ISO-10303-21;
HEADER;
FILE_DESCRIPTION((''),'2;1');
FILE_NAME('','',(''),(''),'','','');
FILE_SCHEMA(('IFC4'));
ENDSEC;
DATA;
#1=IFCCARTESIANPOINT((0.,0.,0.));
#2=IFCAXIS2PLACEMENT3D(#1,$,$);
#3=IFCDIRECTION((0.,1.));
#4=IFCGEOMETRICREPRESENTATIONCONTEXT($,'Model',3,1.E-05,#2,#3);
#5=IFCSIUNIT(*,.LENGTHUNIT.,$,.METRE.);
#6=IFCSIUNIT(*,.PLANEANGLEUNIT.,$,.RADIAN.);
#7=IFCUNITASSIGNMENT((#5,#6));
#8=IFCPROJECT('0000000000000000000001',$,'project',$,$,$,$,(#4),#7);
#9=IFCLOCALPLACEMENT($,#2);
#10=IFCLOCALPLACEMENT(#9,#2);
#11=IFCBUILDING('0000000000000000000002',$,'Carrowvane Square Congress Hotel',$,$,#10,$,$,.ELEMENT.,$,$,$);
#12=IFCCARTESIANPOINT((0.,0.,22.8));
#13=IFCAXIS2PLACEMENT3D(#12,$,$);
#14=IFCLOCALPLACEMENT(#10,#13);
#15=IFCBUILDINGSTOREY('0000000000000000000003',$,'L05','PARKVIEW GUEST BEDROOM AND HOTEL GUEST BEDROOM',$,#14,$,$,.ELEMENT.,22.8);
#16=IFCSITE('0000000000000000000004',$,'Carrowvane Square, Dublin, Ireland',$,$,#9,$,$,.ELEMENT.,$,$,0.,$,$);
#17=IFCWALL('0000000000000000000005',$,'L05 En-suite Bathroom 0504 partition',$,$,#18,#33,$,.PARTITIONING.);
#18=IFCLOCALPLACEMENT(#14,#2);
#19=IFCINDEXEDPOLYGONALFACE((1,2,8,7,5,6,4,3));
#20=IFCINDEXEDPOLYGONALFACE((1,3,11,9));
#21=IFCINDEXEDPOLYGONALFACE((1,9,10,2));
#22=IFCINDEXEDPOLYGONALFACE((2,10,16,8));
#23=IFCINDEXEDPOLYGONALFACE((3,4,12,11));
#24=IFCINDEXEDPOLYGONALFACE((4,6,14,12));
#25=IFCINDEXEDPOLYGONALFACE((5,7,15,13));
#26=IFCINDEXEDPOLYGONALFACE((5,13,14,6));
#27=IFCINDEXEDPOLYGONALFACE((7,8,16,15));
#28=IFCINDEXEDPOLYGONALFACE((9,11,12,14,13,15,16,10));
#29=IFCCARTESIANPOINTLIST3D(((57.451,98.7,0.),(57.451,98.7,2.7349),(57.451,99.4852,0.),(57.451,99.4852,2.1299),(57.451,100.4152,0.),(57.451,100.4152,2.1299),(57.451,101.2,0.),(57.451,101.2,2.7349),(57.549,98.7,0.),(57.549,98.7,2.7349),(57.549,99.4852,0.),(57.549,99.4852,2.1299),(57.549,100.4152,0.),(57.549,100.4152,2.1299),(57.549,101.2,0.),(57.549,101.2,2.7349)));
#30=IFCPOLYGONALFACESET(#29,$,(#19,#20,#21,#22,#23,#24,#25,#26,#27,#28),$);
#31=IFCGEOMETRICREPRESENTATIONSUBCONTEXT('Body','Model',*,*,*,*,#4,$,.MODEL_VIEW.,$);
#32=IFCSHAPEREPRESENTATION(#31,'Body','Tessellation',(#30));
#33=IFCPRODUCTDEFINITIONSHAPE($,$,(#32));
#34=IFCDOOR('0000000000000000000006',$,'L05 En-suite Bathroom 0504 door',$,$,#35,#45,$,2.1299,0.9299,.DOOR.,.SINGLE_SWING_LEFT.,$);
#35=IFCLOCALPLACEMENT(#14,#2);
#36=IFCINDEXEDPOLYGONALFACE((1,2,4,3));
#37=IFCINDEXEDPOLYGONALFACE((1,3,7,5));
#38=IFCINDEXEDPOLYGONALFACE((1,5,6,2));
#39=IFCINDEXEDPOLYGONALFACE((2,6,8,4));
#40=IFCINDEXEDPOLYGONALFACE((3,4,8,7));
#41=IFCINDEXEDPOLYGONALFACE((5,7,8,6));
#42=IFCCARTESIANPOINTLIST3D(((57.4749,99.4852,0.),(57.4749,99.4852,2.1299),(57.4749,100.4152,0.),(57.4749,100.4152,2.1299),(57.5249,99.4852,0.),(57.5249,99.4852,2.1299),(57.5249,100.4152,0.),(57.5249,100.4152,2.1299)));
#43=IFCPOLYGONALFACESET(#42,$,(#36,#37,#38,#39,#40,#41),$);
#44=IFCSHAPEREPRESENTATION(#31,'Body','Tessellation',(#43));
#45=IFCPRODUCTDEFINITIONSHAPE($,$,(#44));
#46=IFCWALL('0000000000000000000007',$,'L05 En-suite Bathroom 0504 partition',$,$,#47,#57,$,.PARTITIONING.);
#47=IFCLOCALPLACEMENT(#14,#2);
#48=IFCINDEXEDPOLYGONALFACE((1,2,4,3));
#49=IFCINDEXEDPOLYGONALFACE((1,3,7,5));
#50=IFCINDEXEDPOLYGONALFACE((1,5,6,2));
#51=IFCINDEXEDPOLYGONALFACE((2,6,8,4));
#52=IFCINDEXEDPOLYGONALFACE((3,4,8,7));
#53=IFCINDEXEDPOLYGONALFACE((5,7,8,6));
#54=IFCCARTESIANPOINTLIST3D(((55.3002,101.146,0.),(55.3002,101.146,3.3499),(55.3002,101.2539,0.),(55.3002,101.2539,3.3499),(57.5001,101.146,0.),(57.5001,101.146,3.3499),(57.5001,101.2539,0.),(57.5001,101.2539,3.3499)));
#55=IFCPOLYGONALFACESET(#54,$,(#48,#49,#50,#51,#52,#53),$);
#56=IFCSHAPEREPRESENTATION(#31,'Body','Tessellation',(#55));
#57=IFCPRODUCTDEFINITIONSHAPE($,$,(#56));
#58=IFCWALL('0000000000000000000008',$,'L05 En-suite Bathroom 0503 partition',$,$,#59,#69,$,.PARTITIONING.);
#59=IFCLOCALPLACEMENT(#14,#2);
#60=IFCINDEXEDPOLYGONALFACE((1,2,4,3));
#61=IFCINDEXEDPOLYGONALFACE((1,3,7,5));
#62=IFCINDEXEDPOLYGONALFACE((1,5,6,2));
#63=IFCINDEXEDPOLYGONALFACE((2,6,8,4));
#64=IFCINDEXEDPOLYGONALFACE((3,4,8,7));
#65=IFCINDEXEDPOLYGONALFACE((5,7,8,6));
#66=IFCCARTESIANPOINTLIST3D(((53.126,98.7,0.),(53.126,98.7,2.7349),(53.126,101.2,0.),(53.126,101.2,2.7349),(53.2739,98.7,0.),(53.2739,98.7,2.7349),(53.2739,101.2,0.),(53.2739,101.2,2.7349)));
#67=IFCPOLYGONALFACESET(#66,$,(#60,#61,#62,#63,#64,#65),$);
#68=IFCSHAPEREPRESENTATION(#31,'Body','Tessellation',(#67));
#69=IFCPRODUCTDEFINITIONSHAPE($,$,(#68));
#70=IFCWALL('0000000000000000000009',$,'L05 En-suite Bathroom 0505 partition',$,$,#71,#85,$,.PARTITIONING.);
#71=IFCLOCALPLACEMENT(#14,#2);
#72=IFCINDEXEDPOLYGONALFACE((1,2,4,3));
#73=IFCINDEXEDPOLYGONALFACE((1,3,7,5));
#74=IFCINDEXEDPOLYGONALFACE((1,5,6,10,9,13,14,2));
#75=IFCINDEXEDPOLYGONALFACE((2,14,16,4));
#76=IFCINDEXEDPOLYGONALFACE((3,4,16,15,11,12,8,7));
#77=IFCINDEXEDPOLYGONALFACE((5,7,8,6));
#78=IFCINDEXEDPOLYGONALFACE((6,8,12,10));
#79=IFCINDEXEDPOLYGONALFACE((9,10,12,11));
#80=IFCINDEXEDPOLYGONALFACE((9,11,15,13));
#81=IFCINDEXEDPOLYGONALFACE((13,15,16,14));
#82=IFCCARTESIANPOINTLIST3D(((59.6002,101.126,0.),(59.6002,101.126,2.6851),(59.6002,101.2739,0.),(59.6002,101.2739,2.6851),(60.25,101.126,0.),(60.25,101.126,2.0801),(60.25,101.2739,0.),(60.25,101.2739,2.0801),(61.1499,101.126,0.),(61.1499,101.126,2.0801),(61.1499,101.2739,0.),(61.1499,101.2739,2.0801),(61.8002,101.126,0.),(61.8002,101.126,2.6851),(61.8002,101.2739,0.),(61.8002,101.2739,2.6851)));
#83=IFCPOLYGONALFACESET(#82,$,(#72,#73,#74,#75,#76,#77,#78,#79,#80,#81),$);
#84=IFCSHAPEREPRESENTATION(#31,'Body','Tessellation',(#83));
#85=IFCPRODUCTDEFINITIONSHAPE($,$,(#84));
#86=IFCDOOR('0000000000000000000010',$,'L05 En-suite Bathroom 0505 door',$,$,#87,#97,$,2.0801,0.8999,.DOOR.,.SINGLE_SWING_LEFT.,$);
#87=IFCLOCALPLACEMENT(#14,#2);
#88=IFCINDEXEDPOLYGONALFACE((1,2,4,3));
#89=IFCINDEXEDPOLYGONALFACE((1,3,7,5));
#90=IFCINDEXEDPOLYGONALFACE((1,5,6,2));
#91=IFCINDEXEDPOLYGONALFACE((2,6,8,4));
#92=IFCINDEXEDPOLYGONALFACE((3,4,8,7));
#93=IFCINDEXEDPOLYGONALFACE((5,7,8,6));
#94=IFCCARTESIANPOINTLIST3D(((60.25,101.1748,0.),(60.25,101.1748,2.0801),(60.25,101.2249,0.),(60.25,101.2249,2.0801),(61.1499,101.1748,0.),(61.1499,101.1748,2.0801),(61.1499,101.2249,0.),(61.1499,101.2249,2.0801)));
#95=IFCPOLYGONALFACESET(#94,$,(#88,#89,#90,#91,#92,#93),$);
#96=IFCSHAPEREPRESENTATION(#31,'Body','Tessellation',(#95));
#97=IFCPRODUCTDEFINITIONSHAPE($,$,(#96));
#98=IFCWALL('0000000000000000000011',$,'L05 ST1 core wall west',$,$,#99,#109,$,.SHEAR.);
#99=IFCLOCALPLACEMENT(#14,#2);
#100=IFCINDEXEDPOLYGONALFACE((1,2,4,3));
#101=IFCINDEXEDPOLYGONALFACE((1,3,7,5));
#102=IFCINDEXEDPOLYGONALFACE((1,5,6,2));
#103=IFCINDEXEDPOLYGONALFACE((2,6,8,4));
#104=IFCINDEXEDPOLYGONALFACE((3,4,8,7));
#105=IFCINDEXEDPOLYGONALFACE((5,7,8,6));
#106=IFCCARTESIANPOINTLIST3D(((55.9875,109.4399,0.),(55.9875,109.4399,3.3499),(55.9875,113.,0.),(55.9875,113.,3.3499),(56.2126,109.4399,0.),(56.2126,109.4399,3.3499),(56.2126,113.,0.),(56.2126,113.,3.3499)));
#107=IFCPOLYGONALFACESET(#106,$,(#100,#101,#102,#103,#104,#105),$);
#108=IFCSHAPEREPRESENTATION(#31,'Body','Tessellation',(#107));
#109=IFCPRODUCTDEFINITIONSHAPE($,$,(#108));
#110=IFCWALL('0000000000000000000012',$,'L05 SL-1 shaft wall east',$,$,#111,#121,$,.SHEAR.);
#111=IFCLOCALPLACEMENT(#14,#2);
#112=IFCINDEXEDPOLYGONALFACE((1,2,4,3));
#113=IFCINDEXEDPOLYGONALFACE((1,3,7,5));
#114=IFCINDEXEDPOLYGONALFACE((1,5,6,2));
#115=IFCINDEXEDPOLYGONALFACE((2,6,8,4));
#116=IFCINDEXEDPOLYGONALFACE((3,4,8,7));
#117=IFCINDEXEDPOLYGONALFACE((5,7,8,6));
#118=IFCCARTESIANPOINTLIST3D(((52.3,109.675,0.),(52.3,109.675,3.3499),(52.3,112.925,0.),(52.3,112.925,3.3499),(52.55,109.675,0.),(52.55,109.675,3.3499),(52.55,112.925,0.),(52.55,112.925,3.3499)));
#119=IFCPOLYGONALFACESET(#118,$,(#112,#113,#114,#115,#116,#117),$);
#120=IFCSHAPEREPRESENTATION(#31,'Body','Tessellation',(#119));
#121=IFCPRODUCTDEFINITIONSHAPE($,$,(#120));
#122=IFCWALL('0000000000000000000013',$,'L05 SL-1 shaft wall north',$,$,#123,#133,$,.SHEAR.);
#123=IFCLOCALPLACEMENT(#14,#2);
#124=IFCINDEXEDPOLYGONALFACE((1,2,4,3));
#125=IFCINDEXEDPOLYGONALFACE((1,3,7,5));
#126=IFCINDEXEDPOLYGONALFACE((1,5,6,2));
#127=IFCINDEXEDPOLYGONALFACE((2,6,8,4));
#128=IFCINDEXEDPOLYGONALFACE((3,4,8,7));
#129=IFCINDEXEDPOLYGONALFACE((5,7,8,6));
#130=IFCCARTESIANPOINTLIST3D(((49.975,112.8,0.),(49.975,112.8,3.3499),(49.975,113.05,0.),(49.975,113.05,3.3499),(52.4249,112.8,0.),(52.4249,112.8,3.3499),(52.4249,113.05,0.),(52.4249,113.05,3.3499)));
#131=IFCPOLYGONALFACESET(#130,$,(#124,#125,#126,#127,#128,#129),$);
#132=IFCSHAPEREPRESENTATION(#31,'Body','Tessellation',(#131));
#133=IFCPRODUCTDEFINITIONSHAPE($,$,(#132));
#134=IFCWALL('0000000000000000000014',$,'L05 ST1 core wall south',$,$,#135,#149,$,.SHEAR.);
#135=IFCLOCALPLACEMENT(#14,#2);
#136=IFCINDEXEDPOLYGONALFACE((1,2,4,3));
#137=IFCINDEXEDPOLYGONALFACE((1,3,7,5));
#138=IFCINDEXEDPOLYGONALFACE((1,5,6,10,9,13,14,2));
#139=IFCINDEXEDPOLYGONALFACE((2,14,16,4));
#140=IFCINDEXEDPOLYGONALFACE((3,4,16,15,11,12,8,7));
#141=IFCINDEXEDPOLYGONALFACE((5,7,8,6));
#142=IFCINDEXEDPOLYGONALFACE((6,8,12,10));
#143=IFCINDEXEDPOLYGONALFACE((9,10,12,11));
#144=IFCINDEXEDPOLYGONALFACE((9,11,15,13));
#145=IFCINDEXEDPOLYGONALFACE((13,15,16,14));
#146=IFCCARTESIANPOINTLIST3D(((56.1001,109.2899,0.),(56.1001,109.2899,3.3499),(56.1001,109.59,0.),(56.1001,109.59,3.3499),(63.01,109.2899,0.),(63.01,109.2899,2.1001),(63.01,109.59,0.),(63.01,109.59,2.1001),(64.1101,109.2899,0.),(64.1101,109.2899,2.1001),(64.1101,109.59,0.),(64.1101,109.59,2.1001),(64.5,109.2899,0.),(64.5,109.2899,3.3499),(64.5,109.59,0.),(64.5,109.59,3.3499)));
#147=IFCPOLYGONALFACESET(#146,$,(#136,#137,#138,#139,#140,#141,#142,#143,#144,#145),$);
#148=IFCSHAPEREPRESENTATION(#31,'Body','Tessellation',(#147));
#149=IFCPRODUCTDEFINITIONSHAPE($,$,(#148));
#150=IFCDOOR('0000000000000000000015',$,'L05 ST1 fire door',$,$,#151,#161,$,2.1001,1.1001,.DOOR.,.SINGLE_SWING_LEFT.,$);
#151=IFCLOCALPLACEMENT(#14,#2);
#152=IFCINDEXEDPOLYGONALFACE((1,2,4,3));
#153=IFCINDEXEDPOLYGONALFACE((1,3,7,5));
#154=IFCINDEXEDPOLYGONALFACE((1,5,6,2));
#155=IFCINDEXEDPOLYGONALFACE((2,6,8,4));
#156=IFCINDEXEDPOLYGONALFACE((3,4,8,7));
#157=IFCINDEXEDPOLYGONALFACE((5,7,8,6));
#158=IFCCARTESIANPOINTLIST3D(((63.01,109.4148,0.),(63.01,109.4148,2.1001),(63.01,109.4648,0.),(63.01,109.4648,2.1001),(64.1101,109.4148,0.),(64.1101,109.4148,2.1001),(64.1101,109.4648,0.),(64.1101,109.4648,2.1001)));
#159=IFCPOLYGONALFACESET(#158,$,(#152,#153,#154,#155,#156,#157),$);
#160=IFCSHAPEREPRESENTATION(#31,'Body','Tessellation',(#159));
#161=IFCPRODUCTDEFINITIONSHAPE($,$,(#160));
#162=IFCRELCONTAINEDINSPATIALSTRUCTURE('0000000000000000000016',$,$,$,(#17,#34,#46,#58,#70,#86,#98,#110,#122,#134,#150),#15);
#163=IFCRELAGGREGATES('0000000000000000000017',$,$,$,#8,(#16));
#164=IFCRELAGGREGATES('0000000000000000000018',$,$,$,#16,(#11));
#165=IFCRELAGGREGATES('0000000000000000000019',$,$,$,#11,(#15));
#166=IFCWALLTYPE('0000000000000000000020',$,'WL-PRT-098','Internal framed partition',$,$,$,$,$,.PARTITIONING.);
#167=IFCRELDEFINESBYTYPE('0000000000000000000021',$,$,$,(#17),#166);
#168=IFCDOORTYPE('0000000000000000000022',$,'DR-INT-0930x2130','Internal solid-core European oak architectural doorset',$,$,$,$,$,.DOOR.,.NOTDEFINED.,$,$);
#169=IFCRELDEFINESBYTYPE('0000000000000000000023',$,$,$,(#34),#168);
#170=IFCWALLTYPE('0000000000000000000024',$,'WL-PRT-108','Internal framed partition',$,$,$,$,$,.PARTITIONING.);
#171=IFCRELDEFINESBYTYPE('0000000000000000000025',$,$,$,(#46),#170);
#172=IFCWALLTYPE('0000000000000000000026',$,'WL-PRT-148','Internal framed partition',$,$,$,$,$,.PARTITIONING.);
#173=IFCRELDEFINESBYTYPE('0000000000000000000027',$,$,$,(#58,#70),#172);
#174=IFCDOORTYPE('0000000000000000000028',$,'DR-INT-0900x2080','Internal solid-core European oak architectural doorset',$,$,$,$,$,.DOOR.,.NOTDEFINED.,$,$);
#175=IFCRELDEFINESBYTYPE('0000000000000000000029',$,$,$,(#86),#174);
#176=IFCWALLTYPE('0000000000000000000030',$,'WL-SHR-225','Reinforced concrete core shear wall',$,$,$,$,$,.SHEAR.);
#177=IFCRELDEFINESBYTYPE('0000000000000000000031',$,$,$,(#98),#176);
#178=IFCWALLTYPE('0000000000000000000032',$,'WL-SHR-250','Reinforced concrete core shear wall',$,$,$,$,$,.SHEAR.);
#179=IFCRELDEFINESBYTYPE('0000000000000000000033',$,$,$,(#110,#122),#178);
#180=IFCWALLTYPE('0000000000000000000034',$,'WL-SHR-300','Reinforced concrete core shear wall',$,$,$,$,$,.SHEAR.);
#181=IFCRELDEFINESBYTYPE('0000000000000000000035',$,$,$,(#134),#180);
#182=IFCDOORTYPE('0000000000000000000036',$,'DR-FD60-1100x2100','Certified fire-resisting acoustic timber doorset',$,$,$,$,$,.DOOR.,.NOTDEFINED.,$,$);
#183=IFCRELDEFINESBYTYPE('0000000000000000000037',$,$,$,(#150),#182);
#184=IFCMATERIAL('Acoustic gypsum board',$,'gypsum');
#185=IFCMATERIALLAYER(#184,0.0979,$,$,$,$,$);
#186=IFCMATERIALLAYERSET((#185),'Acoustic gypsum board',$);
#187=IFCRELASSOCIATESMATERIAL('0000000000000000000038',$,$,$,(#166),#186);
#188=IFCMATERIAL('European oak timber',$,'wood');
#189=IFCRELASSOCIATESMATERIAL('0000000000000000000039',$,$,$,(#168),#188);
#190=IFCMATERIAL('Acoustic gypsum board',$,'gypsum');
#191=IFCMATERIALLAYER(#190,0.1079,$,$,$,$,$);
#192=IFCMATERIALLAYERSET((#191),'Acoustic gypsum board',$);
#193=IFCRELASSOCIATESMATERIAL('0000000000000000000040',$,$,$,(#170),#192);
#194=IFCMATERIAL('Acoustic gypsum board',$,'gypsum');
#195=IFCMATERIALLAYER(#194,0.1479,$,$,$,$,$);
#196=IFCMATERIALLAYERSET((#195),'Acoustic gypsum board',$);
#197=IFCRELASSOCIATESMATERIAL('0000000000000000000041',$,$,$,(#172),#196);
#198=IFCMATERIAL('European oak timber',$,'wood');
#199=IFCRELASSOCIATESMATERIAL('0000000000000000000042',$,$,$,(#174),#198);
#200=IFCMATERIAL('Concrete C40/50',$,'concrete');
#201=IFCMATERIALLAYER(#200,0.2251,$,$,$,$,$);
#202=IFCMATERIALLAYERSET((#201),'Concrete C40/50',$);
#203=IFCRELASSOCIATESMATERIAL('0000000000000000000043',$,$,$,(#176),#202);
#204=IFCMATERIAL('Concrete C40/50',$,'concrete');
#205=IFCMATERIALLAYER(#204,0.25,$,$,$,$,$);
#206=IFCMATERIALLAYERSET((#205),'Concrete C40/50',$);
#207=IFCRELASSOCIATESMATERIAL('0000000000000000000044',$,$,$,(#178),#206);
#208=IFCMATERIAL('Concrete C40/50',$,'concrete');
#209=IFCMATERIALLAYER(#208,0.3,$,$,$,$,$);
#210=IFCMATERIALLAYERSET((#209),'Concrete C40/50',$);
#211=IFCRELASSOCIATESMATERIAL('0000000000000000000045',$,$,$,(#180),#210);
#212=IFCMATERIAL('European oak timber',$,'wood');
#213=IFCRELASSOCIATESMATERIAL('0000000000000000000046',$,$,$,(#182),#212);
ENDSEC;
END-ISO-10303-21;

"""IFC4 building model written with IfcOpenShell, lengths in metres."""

from ifc_helpers import new_model, si_unit, direction, frame, frame_2d, origin, place, context, subcontext, project, spatial, rectangle, extrude, material, layer, layer_set, type_object, element, fill, save


model = new_model("IFC4")

# Units and contexts
model_context = context("Model", 3, precision=1e-05, world=origin(), true_north=direction((0.0, 1.0)))
body_context = subcontext(model_context, "Body", "Model", "MODEL_VIEW")
ifc_project = project(units=[si_unit("LENGTHUNIT", "METRE"), si_unit("PLANEANGLEUNIT", "RADIAN")], contexts=[model_context])

# Site, building, storey
site_placement = place(None, origin())
site = spatial("IfcSite", under=ifc_project, at=site_placement, Name="Carrowvane Square, Dublin, Ireland", CompositionType="ELEMENT", RefElevation=0.0)
building_placement = place(site_placement, origin())
building = spatial("IfcBuilding", under=site, at=building_placement, Name="Carrowvane Square Congress Hotel", CompositionType="ELEMENT")
storey_placement = place(building_placement, frame((0.0, 0.0, 22.8)))
storey = spatial("IfcBuildingStorey", under=building, at=storey_placement, Name="L05", Description="PARKVIEW GUEST BEDROOM AND HOTEL GUEST BEDROOM", CompositionType="ELEMENT", Elevation=22.8)

# Wall, opening, door
ifc_material_1 = material(Name="Acoustic gypsum board", Category="gypsum")
ifc_layer_1 = layer(ifc_material_1, 0.0979)
ifc_layer_set_1 = layer_set([ifc_layer_1], Name="Acoustic gypsum board")
wall_type_1 = type_object("IfcWallType", Name="WL-PRT-098", Description="Internal framed partition", PredefinedType="PARTITIONING", material=ifc_layer_set_1)
wall_1_placement = place(storey_placement, frame((57.5, 101.2, 0.0), z_axis=(0.0, 0.0, 1.0), x_axis=(0.0, -1.0, 0.0)))
wall_1 = element("IfcWall", 1, at=wall_1_placement, inside=storey, type_object=wall_type_1, Name="L05 En-suite Bathroom 0504 partition", PredefinedType="PARTITIONING", context=body_context, shape_type="SweptSolid", body=[
    extrude(rectangle(XDim=2.5, YDim=0.0979, at=frame_2d((1.25, 0.0))), origin(), (0.0, 0.0, 1.0), 2.7349),
])
opening_1_placement = place(wall_1_placement, frame((0.7849, 0.0, 0.0)))
opening_1 = element("IfcOpeningElement", 2, at=opening_1_placement, cuts=wall_1, PredefinedType="OPENING", context=body_context, shape_type="SweptSolid", body=[
    extrude(rectangle(XDim=0.9299, YDim=2.1299, at=frame_2d((0.4648, 1.0649))), frame((0.0, 0.0588, 0.0), z_axis=(0.0, -1.0, 0.0), x_axis=(1.0, 0.0, 0.0)), (0.0, 0.0, 1.0), 0.1179),
])
ifc_material_2 = material(Name="European oak timber", Category="wood")
door_type_1 = type_object("IfcDoorType", Name="DR-INT-0930x2130", Description="Internal solid-core European oak architectural doorset", OperationType="NOTDEFINED", PredefinedType="DOOR", material=ifc_material_2)
door_1_placement = place(opening_1_placement, origin())
door_1 = element("IfcDoor", 3, at=door_1_placement, inside=storey, type_object=door_type_1, Name="L05 En-suite Bathroom 0504 door", OperationType="SINGLE_SWING_LEFT", OverallHeight=2.1299, OverallWidth=0.9299, PredefinedType="DOOR", context=body_context, shape_type="SweptSolid", body=[
    extrude(rectangle(XDim=0.9299, YDim=2.1299, at=frame_2d((0.4648, 1.0649))), frame((0.0, 0.0249, 0.0), z_axis=(0.0, -1.0, 0.0), x_axis=(1.0, 0.0, 0.0)), (0.0, 0.0, 1.0), 0.05),
])
fill(opening_1, door_1)

# Walls
ifc_material_3 = material(Name="Acoustic gypsum board", Category="gypsum")
ifc_layer_2 = layer(ifc_material_3, 0.1079)
ifc_layer_set_2 = layer_set([ifc_layer_2], Name="Acoustic gypsum board")
wall_type_2 = type_object("IfcWallType", Name="WL-PRT-108", Description="Internal framed partition", PredefinedType="PARTITIONING", material=ifc_layer_set_2)
wall_2_placement = place(storey_placement, frame((55.3, 101.2, 0.0), z_axis=(0.0, 0.0, 1.0), x_axis=(1.0, 0.0, 0.0)))
element("IfcWall", 4, at=wall_2_placement, inside=storey, type_object=wall_type_2, Name="L05 En-suite Bathroom 0504 partition", PredefinedType="PARTITIONING", context=body_context, shape_type="SweptSolid", body=[
    extrude(rectangle(XDim=2.2, YDim=0.1079, at=frame_2d((1.1001, 0.0))), origin(), (0.0, 0.0, 1.0), 3.3499),
])
ifc_material_4 = material(Name="Acoustic gypsum board", Category="gypsum")
ifc_layer_3 = layer(ifc_material_4, 0.1479)
ifc_layer_set_3 = layer_set([ifc_layer_3], Name="Acoustic gypsum board")
wall_type_3 = type_object("IfcWallType", Name="WL-PRT-148", Description="Internal framed partition", PredefinedType="PARTITIONING", material=ifc_layer_set_3)
wall_3_placement = place(storey_placement, frame((53.2, 101.2, 0.0), z_axis=(0.0, 0.0, 1.0), x_axis=(0.0, -1.0, 0.0)))
element("IfcWall", 5, at=wall_3_placement, inside=storey, type_object=wall_type_3, Name="L05 En-suite Bathroom 0503 partition", PredefinedType="PARTITIONING", context=body_context, shape_type="SweptSolid", body=[
    extrude(rectangle(XDim=2.5, YDim=0.1479, at=frame_2d((1.25, 0.0))), origin(), (0.0, 0.0, 1.0), 2.7349),
])

# Wall, opening, door
wall_4_placement = place(storey_placement, frame((59.6001, 101.2, 0.0), z_axis=(0.0, 0.0, 1.0), x_axis=(1.0, 0.0, 0.0)))
wall_4 = element("IfcWall", 6, at=wall_4_placement, inside=storey, type_object=wall_type_3, Name="L05 En-suite Bathroom 0505 partition", PredefinedType="PARTITIONING", context=body_context, shape_type="SweptSolid", body=[
    extrude(rectangle(XDim=2.2, YDim=0.1479, at=frame_2d((1.1001, 0.0))), origin(), (0.0, 0.0, 1.0), 2.6851),
])
opening_2_placement = place(wall_4_placement, frame((0.6499, 0.0, 0.0)))
opening_2 = element("IfcOpeningElement", 7, at=opening_2_placement, cuts=wall_4, PredefinedType="OPENING", context=body_context, shape_type="SweptSolid", body=[
    extrude(rectangle(XDim=0.8999, YDim=2.0801, at=frame_2d((0.45, 1.04))), frame((0.0, 0.084, 0.0), z_axis=(0.0, -1.0, 0.0), x_axis=(1.0, 0.0, 0.0)), (0.0, 0.0, 1.0), 0.168),
])
ifc_material_5 = material(Name="European oak timber", Category="wood")
door_type_2 = type_object("IfcDoorType", Name="DR-INT-0900x2080", Description="Internal solid-core European oak architectural doorset", OperationType="NOTDEFINED", PredefinedType="DOOR", material=ifc_material_5)
door_2_placement = place(opening_2_placement, origin())
door_2 = element("IfcDoor", 8, at=door_2_placement, inside=storey, type_object=door_type_2, Name="L05 En-suite Bathroom 0505 door", OperationType="SINGLE_SWING_LEFT", OverallHeight=2.0801, OverallWidth=0.8999, PredefinedType="DOOR", context=body_context, shape_type="SweptSolid", body=[
    extrude(rectangle(XDim=0.8999, YDim=2.0801, at=frame_2d((0.45, 1.04))), frame((0.0, 0.0249, 0.0), z_axis=(0.0, -1.0, 0.0), x_axis=(1.0, 0.0, 0.0)), (0.0, 0.0, 1.0), 0.05),
])
fill(opening_2, door_2)

# Walls
ifc_material_6 = material(Name="Concrete C40/50", Category="concrete")
ifc_layer_4 = layer(ifc_material_6, 0.2251)
ifc_layer_set_4 = layer_set([ifc_layer_4], Name="Concrete C40/50")
wall_type_4 = type_object("IfcWallType", Name="WL-SHR-225", Description="Reinforced concrete core shear wall", PredefinedType="SHEAR", material=ifc_layer_set_4)
wall_5_placement = place(storey_placement, frame((56.1001, 113.0, 0.0), z_axis=(0.0, 0.0, 1.0), x_axis=(0.0, -1.0, 0.0)))
element("IfcWall", 9, at=wall_5_placement, inside=storey, type_object=wall_type_4, Name="L05 ST1 core wall west", PredefinedType="SHEAR", context=body_context, shape_type="SweptSolid", body=[
    extrude(rectangle(XDim=3.5601, YDim=0.2251, at=frame_2d((1.78, 0.0))), origin(), (0.0, 0.0, 1.0), 3.3499),
])
ifc_material_7 = material(Name="Concrete C40/50", Category="concrete")
ifc_layer_5 = layer(ifc_material_7, 0.25)
ifc_layer_set_5 = layer_set([ifc_layer_5], Name="Concrete C40/50")
wall_type_5 = type_object("IfcWallType", Name="WL-SHR-250", Description="Reinforced concrete core shear wall", PredefinedType="SHEAR", material=ifc_layer_set_5)
wall_6_placement = place(storey_placement, frame((52.425, 109.675, 0.0), z_axis=(0.0, 0.0, 1.0), x_axis=(0.0, 1.0, 0.0)))
element("IfcWall", 10, at=wall_6_placement, inside=storey, type_object=wall_type_5, Name="L05 SL-1 shaft wall east", PredefinedType="SHEAR", context=body_context, shape_type="SweptSolid", body=[
    extrude(rectangle(XDim=3.25, YDim=0.25, at=frame_2d((1.625, 0.0))), origin(), (0.0, 0.0, 1.0), 3.3499),
])
wall_7_placement = place(storey_placement, frame((52.425, 112.925, 0.0), z_axis=(0.0, 0.0, 1.0), x_axis=(-1.0, 0.0, 0.0)))
element("IfcWall", 11, at=wall_7_placement, inside=storey, type_object=wall_type_5, Name="L05 SL-1 shaft wall north", PredefinedType="SHEAR", context=body_context, shape_type="SweptSolid", body=[
    extrude(rectangle(XDim=2.45, YDim=0.25, at=frame_2d((1.2251, 0.0))), origin(), (0.0, 0.0, 1.0), 3.3499),
])

# Wall, opening, door
ifc_material_8 = material(Name="Concrete C40/50", Category="concrete")
ifc_layer_6 = layer(ifc_material_8, 0.3)
ifc_layer_set_6 = layer_set([ifc_layer_6], Name="Concrete C40/50")
wall_type_6 = type_object("IfcWallType", Name="WL-SHR-300", Description="Reinforced concrete core shear wall", PredefinedType="SHEAR", material=ifc_layer_set_6)
wall_8_placement = place(storey_placement, frame((56.1001, 109.4399, 0.0), z_axis=(0.0, 0.0, 1.0), x_axis=(1.0, 0.0, 0.0)))
wall_8 = element("IfcWall", 12, at=wall_8_placement, inside=storey, type_object=wall_type_6, Name="L05 ST1 core wall south", PredefinedType="SHEAR", context=body_context, shape_type="SweptSolid", body=[
    extrude(rectangle(XDim=8.3999, YDim=0.3, at=frame_2d((4.2, 0.0))), origin(), (0.0, 0.0, 1.0), 3.3499),
])
opening_3_placement = place(wall_8_placement, frame((6.9099, 0.0, 0.0)))
opening_3 = element("IfcOpeningElement", 13, at=opening_3_placement, cuts=wall_8, PredefinedType="OPENING", context=body_context, shape_type="SweptSolid", body=[
    extrude(rectangle(XDim=1.1001, YDim=2.1001, at=frame_2d((0.55, 1.05))), frame((0.0, 0.1599, 0.0), z_axis=(0.0, -1.0, 0.0), x_axis=(1.0, 0.0, 0.0)), (0.0, 0.0, 1.0), 0.3201),
])
ifc_material_9 = material(Name="European oak timber", Category="wood")
door_type_3 = type_object("IfcDoorType", Name="DR-FD60-1100x2100", Description="Certified fire-resisting acoustic timber doorset", OperationType="NOTDEFINED", PredefinedType="DOOR", material=ifc_material_9)
door_3_placement = place(opening_3_placement, origin())
door_3 = element("IfcDoor", 14, at=door_3_placement, inside=storey, type_object=door_type_3, Name="L05 ST1 fire door", OperationType="SINGLE_SWING_LEFT", OverallHeight=2.1001, OverallWidth=1.1001, PredefinedType="DOOR", context=body_context, shape_type="SweptSolid", body=[
    extrude(rectangle(XDim=1.1001, YDim=2.1001, at=frame_2d((0.55, 1.05))), frame((0.0, 0.0249, 0.0), z_axis=(0.0, -1.0, 0.0), x_axis=(1.0, 0.0, 0.0)), (0.0, 0.0, 1.0), 0.05),
])
fill(opening_3, door_3)

save(model, "model.ifc")
